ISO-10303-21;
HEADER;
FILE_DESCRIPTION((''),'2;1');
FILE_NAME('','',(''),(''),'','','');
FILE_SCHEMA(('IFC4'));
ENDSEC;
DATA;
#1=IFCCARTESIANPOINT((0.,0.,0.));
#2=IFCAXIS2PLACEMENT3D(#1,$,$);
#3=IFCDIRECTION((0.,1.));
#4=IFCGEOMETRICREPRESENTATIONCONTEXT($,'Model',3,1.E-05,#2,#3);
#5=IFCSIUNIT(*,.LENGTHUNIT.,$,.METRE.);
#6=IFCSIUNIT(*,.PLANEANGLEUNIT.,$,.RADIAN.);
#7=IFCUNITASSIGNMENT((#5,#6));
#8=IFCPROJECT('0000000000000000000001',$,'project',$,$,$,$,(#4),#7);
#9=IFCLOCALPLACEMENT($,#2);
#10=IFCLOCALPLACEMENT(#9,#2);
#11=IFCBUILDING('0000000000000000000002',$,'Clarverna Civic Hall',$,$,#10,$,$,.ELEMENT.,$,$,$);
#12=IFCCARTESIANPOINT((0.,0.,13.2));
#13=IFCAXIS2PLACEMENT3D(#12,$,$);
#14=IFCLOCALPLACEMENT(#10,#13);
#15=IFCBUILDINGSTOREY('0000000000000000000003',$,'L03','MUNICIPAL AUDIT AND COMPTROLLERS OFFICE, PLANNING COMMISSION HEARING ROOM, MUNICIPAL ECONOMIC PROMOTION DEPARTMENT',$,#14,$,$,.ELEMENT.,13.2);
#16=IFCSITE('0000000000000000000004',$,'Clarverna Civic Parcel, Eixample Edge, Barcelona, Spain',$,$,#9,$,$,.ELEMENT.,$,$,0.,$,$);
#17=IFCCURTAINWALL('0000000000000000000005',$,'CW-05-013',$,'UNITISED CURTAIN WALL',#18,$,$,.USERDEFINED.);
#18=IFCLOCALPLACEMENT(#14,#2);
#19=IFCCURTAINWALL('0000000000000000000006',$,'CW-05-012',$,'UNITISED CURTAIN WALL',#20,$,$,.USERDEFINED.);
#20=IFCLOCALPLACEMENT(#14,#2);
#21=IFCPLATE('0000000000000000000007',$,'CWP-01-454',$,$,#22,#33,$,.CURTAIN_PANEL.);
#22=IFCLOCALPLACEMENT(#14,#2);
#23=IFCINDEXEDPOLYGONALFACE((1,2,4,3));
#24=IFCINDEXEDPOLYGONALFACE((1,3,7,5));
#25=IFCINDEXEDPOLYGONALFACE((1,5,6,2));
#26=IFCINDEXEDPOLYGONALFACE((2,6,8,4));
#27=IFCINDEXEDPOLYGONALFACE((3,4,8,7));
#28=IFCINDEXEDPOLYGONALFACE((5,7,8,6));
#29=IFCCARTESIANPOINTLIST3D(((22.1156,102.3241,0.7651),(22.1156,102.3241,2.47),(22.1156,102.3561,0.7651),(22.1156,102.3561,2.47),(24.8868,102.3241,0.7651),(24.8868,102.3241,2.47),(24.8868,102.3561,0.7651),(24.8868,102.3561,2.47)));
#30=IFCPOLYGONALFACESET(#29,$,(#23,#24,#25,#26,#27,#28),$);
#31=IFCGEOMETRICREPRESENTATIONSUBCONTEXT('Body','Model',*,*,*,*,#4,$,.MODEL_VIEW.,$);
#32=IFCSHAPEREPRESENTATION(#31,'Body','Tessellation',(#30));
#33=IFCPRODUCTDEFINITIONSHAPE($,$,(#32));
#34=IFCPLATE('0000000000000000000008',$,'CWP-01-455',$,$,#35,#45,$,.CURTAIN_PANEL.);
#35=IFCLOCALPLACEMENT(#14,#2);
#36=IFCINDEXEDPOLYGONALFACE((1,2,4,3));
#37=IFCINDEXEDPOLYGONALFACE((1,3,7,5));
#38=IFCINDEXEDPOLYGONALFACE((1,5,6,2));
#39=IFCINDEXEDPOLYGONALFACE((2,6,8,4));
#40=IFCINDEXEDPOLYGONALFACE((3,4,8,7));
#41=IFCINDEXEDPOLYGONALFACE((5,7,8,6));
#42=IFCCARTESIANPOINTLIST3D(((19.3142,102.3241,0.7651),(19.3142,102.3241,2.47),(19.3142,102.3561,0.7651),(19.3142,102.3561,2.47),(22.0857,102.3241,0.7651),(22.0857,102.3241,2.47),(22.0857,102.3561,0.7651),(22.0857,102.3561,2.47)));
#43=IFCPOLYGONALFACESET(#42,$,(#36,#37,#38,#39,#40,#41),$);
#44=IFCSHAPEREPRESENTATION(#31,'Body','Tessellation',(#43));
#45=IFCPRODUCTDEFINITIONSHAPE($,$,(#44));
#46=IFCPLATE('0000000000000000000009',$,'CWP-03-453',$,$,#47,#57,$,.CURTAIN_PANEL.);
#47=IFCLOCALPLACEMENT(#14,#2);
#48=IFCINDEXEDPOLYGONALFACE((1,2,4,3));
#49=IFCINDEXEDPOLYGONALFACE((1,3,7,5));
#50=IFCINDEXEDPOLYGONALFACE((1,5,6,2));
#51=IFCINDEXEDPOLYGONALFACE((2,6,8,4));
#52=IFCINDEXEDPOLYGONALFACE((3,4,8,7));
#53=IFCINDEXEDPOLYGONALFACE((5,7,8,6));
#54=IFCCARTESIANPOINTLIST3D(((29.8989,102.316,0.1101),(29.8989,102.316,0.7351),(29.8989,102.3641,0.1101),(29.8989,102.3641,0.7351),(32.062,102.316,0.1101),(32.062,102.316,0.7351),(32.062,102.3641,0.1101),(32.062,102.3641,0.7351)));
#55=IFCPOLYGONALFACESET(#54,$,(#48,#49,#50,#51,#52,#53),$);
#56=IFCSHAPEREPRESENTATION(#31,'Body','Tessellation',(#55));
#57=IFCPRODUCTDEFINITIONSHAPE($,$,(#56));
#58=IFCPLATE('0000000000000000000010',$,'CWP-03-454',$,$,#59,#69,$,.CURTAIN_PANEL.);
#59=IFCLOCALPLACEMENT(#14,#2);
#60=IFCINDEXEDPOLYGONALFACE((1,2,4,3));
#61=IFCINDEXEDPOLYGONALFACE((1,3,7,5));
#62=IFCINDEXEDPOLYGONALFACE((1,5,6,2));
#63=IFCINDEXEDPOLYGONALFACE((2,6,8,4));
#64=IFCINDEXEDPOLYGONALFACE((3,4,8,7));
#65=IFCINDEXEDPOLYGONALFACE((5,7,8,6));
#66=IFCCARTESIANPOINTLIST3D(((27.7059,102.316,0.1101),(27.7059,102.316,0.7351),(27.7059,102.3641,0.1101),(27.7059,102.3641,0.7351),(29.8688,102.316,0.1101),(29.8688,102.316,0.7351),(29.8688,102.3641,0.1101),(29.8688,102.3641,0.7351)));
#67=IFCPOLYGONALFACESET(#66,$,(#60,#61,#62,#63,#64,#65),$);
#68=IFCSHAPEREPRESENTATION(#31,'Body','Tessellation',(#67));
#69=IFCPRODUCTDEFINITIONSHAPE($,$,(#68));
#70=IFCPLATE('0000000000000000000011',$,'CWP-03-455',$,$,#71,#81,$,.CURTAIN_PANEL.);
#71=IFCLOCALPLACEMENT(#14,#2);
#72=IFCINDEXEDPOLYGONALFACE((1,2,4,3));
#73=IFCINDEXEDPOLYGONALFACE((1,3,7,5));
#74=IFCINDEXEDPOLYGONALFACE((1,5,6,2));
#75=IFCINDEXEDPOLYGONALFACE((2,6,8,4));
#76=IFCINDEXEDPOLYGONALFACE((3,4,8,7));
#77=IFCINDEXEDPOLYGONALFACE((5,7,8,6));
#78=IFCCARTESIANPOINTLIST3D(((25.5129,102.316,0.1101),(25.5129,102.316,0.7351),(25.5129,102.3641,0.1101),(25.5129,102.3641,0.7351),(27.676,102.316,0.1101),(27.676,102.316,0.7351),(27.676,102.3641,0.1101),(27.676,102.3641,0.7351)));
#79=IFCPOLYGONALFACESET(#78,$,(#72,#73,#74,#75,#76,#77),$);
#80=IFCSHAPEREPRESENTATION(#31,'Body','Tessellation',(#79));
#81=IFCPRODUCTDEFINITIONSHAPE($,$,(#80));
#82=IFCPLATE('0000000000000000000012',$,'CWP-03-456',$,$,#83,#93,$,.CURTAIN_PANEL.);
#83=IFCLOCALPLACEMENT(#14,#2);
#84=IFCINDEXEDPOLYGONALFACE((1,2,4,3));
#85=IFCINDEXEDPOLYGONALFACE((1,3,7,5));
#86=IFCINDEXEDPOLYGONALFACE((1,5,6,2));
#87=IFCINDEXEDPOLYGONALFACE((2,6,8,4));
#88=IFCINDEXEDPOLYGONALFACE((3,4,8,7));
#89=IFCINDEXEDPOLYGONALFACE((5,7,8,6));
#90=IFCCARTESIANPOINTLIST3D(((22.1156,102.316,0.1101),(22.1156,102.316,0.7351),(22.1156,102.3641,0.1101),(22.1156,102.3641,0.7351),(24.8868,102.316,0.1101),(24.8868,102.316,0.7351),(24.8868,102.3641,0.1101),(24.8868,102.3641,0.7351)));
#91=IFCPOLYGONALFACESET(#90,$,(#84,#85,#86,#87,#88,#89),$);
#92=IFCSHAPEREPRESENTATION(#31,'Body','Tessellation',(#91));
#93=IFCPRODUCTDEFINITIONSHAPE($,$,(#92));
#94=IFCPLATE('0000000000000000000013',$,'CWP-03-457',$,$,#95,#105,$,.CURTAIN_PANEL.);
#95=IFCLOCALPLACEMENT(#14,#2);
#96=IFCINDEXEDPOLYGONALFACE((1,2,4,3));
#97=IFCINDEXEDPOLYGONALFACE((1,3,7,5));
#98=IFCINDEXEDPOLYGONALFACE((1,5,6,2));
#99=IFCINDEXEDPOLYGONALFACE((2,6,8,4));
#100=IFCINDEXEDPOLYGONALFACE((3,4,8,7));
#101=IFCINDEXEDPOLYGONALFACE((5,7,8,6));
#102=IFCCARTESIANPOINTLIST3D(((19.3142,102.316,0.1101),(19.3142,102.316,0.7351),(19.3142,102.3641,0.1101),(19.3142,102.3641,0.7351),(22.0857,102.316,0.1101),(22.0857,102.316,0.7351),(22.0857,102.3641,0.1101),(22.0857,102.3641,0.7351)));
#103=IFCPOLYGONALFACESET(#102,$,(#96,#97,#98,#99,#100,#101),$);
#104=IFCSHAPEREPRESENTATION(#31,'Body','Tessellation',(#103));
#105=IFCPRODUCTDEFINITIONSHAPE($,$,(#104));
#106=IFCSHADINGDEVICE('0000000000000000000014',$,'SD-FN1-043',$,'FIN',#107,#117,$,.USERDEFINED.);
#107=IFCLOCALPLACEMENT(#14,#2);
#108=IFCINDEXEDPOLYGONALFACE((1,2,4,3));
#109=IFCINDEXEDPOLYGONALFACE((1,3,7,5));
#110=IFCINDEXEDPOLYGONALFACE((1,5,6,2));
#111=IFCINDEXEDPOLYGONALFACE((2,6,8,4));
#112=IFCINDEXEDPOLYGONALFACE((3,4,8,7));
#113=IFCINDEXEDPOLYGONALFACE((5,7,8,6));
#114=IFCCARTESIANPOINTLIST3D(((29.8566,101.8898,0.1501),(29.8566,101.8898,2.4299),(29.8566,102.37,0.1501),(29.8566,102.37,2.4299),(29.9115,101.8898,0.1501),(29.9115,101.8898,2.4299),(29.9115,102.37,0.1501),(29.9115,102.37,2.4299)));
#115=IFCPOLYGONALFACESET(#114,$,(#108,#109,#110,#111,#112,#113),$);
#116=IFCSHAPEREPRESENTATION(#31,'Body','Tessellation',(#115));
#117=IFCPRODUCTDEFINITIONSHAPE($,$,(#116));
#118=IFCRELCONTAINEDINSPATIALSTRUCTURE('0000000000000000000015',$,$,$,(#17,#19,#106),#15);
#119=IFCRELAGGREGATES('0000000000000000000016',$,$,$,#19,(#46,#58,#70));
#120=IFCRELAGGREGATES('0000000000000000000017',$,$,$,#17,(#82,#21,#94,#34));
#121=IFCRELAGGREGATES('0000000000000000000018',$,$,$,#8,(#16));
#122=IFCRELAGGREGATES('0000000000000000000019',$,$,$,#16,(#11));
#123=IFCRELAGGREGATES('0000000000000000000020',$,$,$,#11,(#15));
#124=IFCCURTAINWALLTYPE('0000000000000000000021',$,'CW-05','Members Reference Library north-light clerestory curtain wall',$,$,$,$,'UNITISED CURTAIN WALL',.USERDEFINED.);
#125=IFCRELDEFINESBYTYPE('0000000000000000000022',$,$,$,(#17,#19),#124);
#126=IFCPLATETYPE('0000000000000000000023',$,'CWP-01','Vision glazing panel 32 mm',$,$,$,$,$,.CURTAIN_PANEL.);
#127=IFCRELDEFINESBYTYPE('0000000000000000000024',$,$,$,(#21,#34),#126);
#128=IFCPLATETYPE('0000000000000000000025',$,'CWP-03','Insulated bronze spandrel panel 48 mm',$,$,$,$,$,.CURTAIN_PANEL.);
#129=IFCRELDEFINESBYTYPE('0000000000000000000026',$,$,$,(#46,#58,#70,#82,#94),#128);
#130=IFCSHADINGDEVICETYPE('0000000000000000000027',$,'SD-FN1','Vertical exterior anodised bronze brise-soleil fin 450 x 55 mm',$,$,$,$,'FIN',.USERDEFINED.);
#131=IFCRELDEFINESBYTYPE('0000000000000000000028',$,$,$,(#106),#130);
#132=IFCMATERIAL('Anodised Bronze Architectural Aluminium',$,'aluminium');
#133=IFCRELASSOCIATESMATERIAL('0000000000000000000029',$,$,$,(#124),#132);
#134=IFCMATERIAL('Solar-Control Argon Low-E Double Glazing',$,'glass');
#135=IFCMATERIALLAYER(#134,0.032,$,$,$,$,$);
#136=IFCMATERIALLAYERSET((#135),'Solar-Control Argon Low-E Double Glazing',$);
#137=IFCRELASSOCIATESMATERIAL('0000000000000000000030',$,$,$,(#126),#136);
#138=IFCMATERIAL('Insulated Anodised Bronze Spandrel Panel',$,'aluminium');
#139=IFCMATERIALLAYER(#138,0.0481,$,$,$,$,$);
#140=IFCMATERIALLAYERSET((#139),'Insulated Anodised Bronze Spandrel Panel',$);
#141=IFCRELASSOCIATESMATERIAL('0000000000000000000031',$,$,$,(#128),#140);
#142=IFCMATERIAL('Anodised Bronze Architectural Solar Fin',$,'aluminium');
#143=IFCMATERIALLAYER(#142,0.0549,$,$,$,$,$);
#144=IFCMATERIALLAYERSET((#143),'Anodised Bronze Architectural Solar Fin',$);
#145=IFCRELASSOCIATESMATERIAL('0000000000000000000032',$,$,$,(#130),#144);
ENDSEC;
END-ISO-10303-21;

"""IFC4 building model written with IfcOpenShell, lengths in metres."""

from ifc_helpers import new_model, si_unit, direction, frame, frame_2d, origin, place, context, subcontext, project, spatial, rectangle, extrude, material, layer, layer_set, type_object, element, aggregate, save


model = new_model("IFC4")

# Units and contexts
model_context = context("Model", 3, precision=1e-05, world=origin(), true_north=direction((0.0, 1.0)))
body_context = subcontext(model_context, "Body", "Model", "MODEL_VIEW")
ifc_project = project(units=[si_unit("LENGTHUNIT", "METRE"), si_unit("PLANEANGLEUNIT", "RADIAN")], contexts=[model_context])

# Site, building, storey
site_placement = place(None, origin())
site = spatial("IfcSite", under=ifc_project, at=site_placement, Name="Clarverna Civic Parcel, Eixample Edge, Barcelona, Spain", CompositionType="ELEMENT", RefElevation=0.0)
building_placement = place(site_placement, origin())
building = spatial("IfcBuilding", under=site, at=building_placement, Name="Clarverna Civic Hall", CompositionType="ELEMENT")
storey_placement = place(building_placement, frame((0.0, 0.0, 13.2)))
storey = spatial("IfcBuildingStorey", under=building, at=storey_placement, Name="L03", Description="MUNICIPAL AUDIT AND COMPTROLLERS OFFICE, PLANNING COMMISSION HEARING ROOM, MUNICIPAL ECONOMIC PROMOTION DEPARTMENT", CompositionType="ELEMENT", Elevation=13.2)

# Curtain walls
ifc_material_1 = material(Name="Anodised Bronze Architectural Aluminium", Category="aluminium")
curtain_wall_type = type_object("IfcCurtainWallType", Name="CW-05", Description="Members Reference Library north-light clerestory curtain wall", ElementType="UNITISED CURTAIN WALL", PredefinedType="USERDEFINED", material=ifc_material_1)
curtain_wall_1_placement = place(storey_placement, origin())
curtain_wall_1 = element("IfcCurtainWall", 1, at=curtain_wall_1_placement, inside=storey, type_object=curtain_wall_type, Name="CW-05-013", ObjectType="UNITISED CURTAIN WALL", PredefinedType="USERDEFINED")
curtain_wall_2_placement = place(storey_placement, origin())
curtain_wall_2 = element("IfcCurtainWall", 2, at=curtain_wall_2_placement, inside=storey, type_object=curtain_wall_type, Name="CW-05-012", ObjectType="UNITISED CURTAIN WALL", PredefinedType="USERDEFINED")

# Plates
ifc_material_2 = material(Name="Solar-Control Argon Low-E Double Glazing", Category="glass")
ifc_layer_1 = layer(ifc_material_2, 0.032)
ifc_layer_set_1 = layer_set([ifc_layer_1], Name="Solar-Control Argon Low-E Double Glazing")
plate_type_1 = type_object("IfcPlateType", Name="CWP-01", Description="Vision glazing panel 32 mm", PredefinedType="CURTAIN_PANEL", material=ifc_layer_set_1)
plate_1_placement = place(storey_placement, frame((24.887, 102.3401, 0.7651), z_axis=(0.0, 0.0, 1.0), x_axis=(-1.0, 0.0, 0.0)))
plate_1 = element("IfcPlate", 3, at=plate_1_placement, type_object=plate_type_1, Name="CWP-01-454", PredefinedType="CURTAIN_PANEL", context=body_context, shape_type="SweptSolid", body=[
    extrude(rectangle(XDim=2.7712, YDim=0.032, at=frame_2d((1.3857, 0.0))), origin(), (0.0, 0.0, 1.0), 1.7048),
])
plate_2_placement = place(storey_placement, frame((22.0857, 102.3401, 0.7651), z_axis=(0.0, 0.0, 1.0), x_axis=(-1.0, 0.0, 0.0)))
plate_2 = element("IfcPlate", 4, at=plate_2_placement, type_object=plate_type_1, Name="CWP-01-455", PredefinedType="CURTAIN_PANEL", context=body_context, shape_type="SweptSolid", body=[
    extrude(rectangle(XDim=2.7715, YDim=0.032, at=frame_2d((1.3857, 0.0))), origin(), (0.0, 0.0, 1.0), 1.7048),
])
ifc_material_3 = material(Name="Insulated Anodised Bronze Spandrel Panel", Category="aluminium")
ifc_layer_2 = layer(ifc_material_3, 0.0481)
ifc_layer_set_2 = layer_set([ifc_layer_2], Name="Insulated Anodised Bronze Spandrel Panel")
plate_type_2 = type_object("IfcPlateType", Name="CWP-03", Description="Insulated bronze spandrel panel 48 mm", PredefinedType="CURTAIN_PANEL", material=ifc_layer_set_2)
plate_3_placement = place(storey_placement, frame((32.062, 102.3401, 0.1101), z_axis=(0.0, 0.0, 1.0), x_axis=(-1.0, 0.0, 0.0)))
plate_3 = element("IfcPlate", 5, at=plate_3_placement, type_object=plate_type_2, Name="CWP-03-453", PredefinedType="CURTAIN_PANEL", context=body_context, shape_type="SweptSolid", body=[
    extrude(rectangle(XDim=2.1631, YDim=0.0481, at=frame_2d((1.0815, 0.0))), origin(), (0.0, 0.0, 1.0), 0.625),
])
plate_4_placement = place(storey_placement, frame((29.8689, 102.3401, 0.1101), z_axis=(0.0, 0.0, 1.0), x_axis=(-1.0, 0.0, 0.0)))
plate_4 = element("IfcPlate", 6, at=plate_4_placement, type_object=plate_type_2, Name="CWP-03-454", PredefinedType="CURTAIN_PANEL", context=body_context, shape_type="SweptSolid", body=[
    extrude(rectangle(XDim=2.1628, YDim=0.0481, at=frame_2d((1.0815, 0.0))), origin(), (0.0, 0.0, 1.0), 0.625),
])
plate_5_placement = place(storey_placement, frame((27.676, 102.3401, 0.1101), z_axis=(0.0, 0.0, 1.0), x_axis=(-1.0, 0.0, 0.0)))
plate_5 = element("IfcPlate", 7, at=plate_5_placement, type_object=plate_type_2, Name="CWP-03-455", PredefinedType="CURTAIN_PANEL", context=body_context, shape_type="SweptSolid", body=[
    extrude(rectangle(XDim=2.1631, YDim=0.0481, at=frame_2d((1.0815, 0.0))), origin(), (0.0, 0.0, 1.0), 0.625),
])
aggregate(curtain_wall_2, [plate_3, plate_4, plate_5])
plate_6_placement = place(storey_placement, frame((24.887, 102.3401, 0.1101), z_axis=(0.0, 0.0, 1.0), x_axis=(-1.0, 0.0, 0.0)))
plate_6 = element("IfcPlate", 8, at=plate_6_placement, type_object=plate_type_2, Name="CWP-03-456", PredefinedType="CURTAIN_PANEL", context=body_context, shape_type="SweptSolid", body=[
    extrude(rectangle(XDim=2.7712, YDim=0.0481, at=frame_2d((1.3857, 0.0))), origin(), (0.0, 0.0, 1.0), 0.625),
])
plate_7_placement = place(storey_placement, frame((22.0857, 102.3401, 0.1101), z_axis=(0.0, 0.0, 1.0), x_axis=(-1.0, 0.0, 0.0)))
plate_7 = element("IfcPlate", 9, at=plate_7_placement, type_object=plate_type_2, Name="CWP-03-457", PredefinedType="CURTAIN_PANEL", context=body_context, shape_type="SweptSolid", body=[
    extrude(rectangle(XDim=2.7715, YDim=0.0481, at=frame_2d((1.3857, 0.0))), origin(), (0.0, 0.0, 1.0), 0.625),
])
aggregate(curtain_wall_1, [plate_6, plate_1, plate_7, plate_2])

# Shading device
ifc_material_4 = material(Name="Anodised Bronze Architectural Solar Fin", Category="aluminium")
ifc_layer_3 = layer(ifc_material_4, 0.0549)
ifc_layer_set_3 = layer_set([ifc_layer_3], Name="Anodised Bronze Architectural Solar Fin")
shading_device_type = type_object("IfcShadingDeviceType", Name="SD-FN1", Description="Vertical exterior anodised bronze brise-soleil fin 450 x 55 mm", ElementType="FIN", PredefinedType="USERDEFINED", material=ifc_layer_set_3)
shading_device_placement = place(storey_placement, frame((29.884, 102.3701, 0.1501), z_axis=(0.0, 0.0, 1.0), x_axis=(0.0, -1.0, 0.0)))
element("IfcShadingDevice", 10, at=shading_device_placement, inside=storey, type_object=shading_device_type, Name="SD-FN1-043", ObjectType="FIN", PredefinedType="USERDEFINED", context=body_context, shape_type="SweptSolid", body=[
    extrude(rectangle(XDim=0.4802, YDim=0.0549, at=frame_2d((0.2402, 0.0))), origin(), (0.0, 0.0, 1.0), 2.2798),
])

save(model, "model.ifc")
